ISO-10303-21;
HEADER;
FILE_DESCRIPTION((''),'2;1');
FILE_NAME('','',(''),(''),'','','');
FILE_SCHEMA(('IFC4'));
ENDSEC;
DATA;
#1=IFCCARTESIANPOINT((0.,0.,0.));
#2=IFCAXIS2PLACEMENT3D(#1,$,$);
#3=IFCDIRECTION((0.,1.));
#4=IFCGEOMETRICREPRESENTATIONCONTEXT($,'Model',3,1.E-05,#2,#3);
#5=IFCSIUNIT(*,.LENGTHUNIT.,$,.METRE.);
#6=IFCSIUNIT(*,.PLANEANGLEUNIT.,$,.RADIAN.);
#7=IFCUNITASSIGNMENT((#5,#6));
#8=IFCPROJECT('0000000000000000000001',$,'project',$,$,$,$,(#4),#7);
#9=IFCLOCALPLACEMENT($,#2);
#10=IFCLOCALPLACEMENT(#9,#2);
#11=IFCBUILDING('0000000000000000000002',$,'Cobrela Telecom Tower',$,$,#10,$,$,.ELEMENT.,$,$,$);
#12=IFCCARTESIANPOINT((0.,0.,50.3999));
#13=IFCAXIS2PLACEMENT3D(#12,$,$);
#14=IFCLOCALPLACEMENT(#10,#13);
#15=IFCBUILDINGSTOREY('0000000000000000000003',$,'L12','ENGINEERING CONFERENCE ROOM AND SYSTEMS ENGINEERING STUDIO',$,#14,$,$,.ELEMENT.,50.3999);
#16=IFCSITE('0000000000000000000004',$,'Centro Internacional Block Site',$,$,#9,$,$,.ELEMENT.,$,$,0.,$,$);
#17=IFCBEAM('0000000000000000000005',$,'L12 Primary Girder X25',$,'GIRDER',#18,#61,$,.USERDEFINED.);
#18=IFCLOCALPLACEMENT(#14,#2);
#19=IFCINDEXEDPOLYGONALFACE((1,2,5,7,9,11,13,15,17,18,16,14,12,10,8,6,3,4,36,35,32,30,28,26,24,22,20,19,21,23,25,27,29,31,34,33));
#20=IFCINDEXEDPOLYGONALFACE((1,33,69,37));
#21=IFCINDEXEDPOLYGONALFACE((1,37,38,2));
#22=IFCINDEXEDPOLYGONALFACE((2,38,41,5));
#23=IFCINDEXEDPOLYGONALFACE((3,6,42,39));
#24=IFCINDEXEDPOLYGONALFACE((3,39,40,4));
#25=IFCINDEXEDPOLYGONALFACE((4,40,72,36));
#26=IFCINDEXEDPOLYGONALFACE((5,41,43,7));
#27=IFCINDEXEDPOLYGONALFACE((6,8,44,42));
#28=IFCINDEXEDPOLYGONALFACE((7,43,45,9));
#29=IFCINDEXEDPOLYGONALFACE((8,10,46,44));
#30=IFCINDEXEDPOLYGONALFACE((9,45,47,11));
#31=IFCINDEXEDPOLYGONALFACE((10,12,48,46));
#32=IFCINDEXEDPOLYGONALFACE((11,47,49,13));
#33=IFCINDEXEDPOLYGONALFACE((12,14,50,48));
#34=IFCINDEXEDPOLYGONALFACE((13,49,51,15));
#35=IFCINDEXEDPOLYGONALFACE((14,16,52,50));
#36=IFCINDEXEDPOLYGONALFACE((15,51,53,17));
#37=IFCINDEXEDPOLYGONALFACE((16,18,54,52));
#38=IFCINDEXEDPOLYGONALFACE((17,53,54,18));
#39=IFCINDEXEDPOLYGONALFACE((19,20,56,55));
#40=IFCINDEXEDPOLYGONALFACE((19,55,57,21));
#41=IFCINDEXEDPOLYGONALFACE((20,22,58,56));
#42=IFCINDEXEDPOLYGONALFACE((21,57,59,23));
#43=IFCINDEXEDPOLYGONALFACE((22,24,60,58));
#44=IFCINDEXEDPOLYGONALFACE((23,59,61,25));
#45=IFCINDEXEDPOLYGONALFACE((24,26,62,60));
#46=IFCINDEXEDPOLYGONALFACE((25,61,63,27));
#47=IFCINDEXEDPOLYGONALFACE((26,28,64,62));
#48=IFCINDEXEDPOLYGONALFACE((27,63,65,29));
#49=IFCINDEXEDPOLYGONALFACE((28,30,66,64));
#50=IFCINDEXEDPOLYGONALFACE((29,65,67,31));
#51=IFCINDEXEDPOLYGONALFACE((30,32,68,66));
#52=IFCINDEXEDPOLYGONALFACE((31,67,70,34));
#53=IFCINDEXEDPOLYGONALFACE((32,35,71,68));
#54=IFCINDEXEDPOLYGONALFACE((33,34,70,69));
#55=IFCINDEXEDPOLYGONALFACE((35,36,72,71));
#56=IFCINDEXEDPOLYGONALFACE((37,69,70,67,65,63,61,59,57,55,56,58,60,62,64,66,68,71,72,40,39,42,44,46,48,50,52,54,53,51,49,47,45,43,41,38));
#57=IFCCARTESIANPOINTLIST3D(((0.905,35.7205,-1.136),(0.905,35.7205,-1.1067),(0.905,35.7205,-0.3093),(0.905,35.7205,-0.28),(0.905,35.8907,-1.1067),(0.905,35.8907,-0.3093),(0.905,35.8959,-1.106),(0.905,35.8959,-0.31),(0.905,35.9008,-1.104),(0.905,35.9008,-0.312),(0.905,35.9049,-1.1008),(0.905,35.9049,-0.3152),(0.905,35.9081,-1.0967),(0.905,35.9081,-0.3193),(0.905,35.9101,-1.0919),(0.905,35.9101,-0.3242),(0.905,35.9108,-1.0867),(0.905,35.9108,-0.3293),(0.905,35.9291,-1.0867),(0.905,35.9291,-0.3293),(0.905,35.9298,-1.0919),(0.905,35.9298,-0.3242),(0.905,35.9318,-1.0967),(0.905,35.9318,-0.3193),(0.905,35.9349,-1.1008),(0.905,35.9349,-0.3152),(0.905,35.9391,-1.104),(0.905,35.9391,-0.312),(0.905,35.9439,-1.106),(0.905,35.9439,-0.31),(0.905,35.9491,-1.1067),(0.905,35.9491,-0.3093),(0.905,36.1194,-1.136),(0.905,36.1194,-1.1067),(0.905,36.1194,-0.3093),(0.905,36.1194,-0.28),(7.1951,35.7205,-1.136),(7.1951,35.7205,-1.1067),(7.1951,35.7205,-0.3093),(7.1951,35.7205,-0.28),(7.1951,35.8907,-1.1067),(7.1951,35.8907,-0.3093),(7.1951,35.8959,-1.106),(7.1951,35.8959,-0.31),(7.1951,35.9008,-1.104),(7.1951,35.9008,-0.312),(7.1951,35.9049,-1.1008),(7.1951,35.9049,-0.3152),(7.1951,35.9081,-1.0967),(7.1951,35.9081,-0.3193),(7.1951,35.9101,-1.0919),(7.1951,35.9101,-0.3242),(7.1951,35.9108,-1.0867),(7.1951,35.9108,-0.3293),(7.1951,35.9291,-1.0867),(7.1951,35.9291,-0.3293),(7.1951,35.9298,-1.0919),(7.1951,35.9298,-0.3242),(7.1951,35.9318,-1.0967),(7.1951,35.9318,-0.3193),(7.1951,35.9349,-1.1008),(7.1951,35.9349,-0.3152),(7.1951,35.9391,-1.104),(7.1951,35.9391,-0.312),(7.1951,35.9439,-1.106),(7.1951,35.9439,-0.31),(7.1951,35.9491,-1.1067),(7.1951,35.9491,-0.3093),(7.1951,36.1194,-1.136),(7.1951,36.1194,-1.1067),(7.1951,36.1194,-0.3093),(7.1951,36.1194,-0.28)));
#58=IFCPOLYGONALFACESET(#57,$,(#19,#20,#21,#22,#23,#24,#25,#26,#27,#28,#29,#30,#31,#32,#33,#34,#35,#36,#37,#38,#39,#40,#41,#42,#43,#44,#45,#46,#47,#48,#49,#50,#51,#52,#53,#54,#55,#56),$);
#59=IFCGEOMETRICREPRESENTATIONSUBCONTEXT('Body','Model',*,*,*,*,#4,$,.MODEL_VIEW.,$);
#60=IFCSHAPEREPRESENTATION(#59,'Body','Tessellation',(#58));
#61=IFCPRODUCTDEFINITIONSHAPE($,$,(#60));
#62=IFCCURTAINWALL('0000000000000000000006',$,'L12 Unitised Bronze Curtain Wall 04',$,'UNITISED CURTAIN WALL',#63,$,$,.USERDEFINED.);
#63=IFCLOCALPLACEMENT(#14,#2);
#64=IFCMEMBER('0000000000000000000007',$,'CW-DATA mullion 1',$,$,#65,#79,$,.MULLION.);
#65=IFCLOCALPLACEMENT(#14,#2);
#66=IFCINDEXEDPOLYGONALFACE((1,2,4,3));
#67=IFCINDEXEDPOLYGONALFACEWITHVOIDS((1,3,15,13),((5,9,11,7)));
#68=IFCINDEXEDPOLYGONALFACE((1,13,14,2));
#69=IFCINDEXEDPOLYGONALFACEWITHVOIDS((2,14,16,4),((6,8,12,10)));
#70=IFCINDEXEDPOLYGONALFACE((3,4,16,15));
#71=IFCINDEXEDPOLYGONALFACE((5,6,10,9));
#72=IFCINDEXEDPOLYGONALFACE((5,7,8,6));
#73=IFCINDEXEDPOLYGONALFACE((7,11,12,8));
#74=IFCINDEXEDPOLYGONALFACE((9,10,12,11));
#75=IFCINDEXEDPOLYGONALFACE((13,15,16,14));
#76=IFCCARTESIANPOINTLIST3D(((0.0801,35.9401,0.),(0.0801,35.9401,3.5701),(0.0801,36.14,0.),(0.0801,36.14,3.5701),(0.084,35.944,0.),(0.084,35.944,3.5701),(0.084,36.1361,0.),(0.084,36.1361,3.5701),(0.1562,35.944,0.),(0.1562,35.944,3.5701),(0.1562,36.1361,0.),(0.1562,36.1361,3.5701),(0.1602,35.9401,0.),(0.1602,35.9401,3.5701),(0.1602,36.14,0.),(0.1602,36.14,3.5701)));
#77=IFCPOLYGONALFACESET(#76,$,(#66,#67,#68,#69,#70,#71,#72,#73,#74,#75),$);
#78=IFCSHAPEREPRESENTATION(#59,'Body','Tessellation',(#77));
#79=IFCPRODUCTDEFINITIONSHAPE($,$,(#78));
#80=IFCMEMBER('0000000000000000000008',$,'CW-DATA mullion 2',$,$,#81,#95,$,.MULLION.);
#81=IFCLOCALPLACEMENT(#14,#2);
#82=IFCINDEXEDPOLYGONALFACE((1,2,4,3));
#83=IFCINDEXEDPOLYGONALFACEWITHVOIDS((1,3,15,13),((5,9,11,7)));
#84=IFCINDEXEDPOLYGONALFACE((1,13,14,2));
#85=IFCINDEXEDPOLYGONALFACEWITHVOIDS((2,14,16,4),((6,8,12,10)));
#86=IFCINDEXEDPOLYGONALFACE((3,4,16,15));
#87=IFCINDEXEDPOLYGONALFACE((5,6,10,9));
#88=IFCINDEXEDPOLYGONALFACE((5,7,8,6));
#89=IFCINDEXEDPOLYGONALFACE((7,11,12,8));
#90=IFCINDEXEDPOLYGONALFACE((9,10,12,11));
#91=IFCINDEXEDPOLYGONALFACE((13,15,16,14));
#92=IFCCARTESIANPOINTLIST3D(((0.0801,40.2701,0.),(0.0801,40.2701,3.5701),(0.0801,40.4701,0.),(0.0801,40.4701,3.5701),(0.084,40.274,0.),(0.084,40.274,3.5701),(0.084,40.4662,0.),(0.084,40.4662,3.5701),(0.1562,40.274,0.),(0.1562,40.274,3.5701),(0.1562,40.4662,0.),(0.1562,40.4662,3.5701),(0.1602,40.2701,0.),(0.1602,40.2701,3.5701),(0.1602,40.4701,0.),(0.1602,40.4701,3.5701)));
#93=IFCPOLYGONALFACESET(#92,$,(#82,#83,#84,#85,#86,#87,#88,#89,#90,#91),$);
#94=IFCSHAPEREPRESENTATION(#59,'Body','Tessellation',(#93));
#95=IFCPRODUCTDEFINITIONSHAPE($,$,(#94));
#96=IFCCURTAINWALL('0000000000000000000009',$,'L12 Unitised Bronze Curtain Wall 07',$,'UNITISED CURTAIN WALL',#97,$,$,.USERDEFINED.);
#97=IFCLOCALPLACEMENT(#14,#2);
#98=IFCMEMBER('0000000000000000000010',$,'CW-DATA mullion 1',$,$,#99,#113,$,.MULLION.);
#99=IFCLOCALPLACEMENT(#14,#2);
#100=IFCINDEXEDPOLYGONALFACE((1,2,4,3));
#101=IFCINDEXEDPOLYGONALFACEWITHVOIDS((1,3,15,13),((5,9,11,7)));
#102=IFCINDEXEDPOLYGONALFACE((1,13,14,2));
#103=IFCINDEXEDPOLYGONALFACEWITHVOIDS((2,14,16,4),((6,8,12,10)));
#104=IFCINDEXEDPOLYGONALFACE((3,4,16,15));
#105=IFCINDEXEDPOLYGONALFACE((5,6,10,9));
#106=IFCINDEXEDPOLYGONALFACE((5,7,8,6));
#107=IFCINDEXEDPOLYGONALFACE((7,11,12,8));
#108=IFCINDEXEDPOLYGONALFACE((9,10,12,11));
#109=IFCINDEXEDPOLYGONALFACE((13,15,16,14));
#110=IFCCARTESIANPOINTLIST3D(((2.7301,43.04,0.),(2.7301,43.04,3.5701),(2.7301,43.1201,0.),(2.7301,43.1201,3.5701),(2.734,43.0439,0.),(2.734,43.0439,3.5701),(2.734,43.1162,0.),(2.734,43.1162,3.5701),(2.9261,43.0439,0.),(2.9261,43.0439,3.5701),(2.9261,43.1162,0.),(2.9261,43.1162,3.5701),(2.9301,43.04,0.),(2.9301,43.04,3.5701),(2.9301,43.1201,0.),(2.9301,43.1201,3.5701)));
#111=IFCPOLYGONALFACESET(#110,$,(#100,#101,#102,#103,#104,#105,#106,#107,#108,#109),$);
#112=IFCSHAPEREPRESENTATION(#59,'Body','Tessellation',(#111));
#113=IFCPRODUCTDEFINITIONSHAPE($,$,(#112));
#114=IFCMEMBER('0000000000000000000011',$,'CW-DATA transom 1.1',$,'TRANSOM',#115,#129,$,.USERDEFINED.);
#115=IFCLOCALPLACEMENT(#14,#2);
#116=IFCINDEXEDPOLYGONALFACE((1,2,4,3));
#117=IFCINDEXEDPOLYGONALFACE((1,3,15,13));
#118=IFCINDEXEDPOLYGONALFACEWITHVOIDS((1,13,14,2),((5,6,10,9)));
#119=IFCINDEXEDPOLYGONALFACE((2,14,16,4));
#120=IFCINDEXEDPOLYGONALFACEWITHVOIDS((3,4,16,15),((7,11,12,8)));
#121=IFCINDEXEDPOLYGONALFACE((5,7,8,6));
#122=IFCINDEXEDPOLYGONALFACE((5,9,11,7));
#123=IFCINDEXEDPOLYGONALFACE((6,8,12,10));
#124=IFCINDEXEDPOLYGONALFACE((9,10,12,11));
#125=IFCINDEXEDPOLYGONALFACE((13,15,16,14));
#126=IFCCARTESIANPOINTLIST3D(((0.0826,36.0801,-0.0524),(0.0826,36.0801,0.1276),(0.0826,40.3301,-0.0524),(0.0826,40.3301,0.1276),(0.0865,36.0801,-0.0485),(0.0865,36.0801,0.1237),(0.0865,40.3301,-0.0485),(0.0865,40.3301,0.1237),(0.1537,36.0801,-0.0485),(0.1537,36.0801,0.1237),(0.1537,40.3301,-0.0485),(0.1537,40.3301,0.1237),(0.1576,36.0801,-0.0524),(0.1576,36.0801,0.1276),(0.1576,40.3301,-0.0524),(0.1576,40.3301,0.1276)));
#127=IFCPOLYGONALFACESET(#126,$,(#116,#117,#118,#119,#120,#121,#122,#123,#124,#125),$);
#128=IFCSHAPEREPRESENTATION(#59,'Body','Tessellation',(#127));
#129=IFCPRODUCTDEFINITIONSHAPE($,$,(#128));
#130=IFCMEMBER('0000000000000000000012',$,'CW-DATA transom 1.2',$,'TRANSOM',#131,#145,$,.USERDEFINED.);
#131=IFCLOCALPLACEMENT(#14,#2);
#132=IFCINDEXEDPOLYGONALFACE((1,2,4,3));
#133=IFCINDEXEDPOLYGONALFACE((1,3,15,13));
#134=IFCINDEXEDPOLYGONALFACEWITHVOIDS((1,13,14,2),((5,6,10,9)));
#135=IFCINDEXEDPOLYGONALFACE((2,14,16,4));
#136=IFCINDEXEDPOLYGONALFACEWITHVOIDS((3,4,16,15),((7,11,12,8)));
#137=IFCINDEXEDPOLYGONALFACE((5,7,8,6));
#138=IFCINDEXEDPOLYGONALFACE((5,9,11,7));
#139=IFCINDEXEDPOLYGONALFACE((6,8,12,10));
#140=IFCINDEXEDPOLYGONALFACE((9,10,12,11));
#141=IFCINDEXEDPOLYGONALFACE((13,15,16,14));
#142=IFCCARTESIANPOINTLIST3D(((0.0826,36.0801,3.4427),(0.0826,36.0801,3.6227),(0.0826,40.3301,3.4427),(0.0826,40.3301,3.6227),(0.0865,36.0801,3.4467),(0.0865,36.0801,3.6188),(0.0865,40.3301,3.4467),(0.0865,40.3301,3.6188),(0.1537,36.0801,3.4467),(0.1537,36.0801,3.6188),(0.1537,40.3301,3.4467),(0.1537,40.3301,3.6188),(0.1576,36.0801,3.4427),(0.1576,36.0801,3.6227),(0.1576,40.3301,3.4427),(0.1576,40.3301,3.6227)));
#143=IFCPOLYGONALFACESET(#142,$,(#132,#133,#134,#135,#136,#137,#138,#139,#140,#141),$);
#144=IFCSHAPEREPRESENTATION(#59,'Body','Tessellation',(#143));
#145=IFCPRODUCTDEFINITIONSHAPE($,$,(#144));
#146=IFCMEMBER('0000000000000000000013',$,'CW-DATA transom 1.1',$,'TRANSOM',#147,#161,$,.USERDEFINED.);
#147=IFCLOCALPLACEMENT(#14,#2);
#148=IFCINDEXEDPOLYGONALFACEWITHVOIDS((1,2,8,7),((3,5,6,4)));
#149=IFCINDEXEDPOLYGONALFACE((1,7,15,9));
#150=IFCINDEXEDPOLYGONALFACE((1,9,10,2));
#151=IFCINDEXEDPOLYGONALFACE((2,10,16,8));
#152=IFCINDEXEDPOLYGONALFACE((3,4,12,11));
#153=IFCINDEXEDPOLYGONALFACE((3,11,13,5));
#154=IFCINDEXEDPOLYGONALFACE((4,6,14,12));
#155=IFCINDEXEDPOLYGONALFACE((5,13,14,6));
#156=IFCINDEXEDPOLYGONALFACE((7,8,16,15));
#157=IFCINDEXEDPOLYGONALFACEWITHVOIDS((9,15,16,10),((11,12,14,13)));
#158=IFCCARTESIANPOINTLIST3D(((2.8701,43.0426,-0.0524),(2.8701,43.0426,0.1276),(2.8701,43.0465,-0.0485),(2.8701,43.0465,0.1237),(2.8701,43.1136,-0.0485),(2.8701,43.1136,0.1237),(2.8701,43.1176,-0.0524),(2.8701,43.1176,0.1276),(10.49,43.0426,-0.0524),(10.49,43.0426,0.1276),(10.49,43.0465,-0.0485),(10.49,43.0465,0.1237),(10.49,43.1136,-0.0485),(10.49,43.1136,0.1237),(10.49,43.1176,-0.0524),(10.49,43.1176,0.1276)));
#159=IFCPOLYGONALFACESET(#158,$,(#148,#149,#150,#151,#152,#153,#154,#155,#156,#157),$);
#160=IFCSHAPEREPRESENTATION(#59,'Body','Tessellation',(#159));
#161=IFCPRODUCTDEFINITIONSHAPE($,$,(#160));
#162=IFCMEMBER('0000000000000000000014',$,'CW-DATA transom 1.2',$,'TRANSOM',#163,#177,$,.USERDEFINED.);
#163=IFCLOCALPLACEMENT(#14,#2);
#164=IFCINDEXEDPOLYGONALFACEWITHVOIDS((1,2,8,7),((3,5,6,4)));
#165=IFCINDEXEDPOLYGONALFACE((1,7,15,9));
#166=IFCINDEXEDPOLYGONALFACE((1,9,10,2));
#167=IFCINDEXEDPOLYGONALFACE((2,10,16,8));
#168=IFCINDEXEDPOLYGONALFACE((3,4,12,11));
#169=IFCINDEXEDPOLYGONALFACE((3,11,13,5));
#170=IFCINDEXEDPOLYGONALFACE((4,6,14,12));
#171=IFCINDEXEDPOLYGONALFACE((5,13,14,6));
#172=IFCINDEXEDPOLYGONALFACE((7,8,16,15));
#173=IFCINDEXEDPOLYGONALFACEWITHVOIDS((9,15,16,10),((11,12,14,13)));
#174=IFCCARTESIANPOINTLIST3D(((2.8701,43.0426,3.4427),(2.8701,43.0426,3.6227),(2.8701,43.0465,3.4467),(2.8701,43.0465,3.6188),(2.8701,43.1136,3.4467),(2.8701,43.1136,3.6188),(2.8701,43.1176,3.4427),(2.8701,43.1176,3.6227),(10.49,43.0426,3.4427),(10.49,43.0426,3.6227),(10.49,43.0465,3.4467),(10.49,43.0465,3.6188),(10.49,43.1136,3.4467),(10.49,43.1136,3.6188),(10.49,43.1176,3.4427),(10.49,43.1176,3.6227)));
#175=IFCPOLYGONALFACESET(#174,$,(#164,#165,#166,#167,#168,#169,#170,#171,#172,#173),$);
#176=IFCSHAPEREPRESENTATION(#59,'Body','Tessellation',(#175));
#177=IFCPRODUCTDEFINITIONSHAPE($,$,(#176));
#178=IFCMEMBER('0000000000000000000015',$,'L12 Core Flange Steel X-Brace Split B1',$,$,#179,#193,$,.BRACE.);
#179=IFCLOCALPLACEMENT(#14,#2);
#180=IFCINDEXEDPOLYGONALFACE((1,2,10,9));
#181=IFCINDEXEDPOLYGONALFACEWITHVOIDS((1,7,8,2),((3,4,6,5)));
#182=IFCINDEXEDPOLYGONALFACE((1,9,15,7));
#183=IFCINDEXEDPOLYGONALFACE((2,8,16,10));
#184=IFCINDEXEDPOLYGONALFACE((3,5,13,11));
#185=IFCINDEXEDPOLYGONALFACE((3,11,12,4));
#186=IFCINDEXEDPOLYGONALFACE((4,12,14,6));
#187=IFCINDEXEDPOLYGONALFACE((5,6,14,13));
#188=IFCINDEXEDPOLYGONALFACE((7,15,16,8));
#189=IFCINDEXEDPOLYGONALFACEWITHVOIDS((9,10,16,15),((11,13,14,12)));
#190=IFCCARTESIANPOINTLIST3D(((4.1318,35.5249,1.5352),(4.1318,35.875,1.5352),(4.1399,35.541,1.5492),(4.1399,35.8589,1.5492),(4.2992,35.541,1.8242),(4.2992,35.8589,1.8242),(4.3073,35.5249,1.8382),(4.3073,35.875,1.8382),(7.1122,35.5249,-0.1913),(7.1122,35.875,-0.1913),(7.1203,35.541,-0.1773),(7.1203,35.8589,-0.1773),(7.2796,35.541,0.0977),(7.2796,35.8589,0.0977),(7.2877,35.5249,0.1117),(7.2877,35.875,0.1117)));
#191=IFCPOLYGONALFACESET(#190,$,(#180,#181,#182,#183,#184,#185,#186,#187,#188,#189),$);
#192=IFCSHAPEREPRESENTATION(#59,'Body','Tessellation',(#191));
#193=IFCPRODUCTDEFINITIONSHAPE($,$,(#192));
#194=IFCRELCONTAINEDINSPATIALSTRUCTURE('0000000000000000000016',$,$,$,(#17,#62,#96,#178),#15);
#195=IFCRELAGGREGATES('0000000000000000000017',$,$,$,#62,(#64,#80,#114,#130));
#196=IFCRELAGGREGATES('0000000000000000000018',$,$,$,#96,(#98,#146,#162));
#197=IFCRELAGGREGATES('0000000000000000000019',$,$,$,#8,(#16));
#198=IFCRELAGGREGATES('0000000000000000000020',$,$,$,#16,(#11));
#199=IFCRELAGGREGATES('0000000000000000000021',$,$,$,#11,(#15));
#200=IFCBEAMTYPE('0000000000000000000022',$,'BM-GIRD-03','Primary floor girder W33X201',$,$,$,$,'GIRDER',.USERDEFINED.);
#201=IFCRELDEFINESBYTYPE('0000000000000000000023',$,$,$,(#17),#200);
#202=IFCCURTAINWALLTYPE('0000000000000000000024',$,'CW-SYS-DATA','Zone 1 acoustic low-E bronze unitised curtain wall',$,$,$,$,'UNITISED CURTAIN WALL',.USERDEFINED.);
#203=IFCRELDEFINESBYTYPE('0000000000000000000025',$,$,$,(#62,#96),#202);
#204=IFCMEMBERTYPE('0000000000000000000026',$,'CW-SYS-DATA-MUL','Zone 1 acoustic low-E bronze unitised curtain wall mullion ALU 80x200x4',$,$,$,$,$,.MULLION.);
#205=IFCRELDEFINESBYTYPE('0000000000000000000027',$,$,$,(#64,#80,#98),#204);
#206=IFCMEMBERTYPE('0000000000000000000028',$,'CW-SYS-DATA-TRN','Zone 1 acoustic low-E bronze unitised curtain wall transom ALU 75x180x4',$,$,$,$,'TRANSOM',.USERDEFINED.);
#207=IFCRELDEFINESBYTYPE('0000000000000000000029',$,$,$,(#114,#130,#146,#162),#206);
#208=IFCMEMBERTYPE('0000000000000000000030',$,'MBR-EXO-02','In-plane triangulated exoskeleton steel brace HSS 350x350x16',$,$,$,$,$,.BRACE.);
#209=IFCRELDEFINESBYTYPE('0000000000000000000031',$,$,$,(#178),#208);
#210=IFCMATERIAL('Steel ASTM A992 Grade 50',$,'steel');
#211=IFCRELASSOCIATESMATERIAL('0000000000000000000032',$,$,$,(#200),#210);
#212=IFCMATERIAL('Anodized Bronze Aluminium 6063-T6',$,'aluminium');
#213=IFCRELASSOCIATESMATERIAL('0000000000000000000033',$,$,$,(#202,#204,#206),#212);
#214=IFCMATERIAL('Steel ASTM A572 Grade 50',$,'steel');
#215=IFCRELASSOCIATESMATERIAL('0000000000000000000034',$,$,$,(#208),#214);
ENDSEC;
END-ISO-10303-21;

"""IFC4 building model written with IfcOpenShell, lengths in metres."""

from ifc_helpers import new_model, si_unit, direction, frame, origin, origin_2d, place, context, subcontext, project, spatial, hollow_rectangle, i_section, extrude, material, material_profile, profile_set, type_object, element, aggregate, save


model = new_model("IFC4")

# Units and contexts
model_context = context("Model", 3, precision=1e-05, world=origin(), true_north=direction((0.0, 1.0)))
body_context = subcontext(model_context, "Body", "Model", "MODEL_VIEW")
ifc_project = project(units=[si_unit("LENGTHUNIT", "METRE"), si_unit("PLANEANGLEUNIT", "RADIAN")], contexts=[model_context])

# Site, building, storey
site_placement = place(None, origin())
site = spatial("IfcSite", under=ifc_project, at=site_placement, Name="Centro Internacional Block Site", CompositionType="ELEMENT", RefElevation=0.0)
building_placement = place(site_placement, origin())
building = spatial("IfcBuilding", under=site, at=building_placement, Name="Cobrela Telecom Tower", CompositionType="ELEMENT")
storey_placement = place(building_placement, frame((0.0, 0.0, 50.3999)))
storey = spatial("IfcBuildingStorey", under=building, at=storey_placement, Name="L12", Description="ENGINEERING CONFERENCE ROOM AND SYSTEMS ENGINEERING STUDIO", CompositionType="ELEMENT", Elevation=50.3999)

# Beam
ifc_material_1 = material(Name="Steel ASTM A992 Grade 50", Category="steel")
ifc_material_profile_1 = material_profile(ifc_material_1, i_section(OverallWidth=0.3989, OverallDepth=0.856, WebThickness=0.0183, FlangeThickness=0.0293, FilletRadius=0.02, at=origin_2d()), Name="W33X201")
ifc_profile_set_1 = profile_set([ifc_material_profile_1], Name="Steel ASTM A992 Grade 50")
beam_type = type_object("IfcBeamType", Name="BM-GIRD-03", Description="Primary floor girder W33X201", ElementType="GIRDER", PredefinedType="USERDEFINED", material=ifc_profile_set_1)
beam_placement = place(storey_placement, frame((0.905, 35.9199, -0.708), z_axis=(1.0, 0.0, 0.0), x_axis=(0.0, 1.0, 0.0)))
element("IfcBeam", 1, at=beam_placement, inside=storey, type_object=beam_type, Name="L12 Primary Girder X25", ObjectType="GIRDER", PredefinedType="USERDEFINED", context=body_context, shape_type="SweptSolid", body=[
    extrude(i_section(OverallWidth=0.3989, OverallDepth=0.856, WebThickness=0.0183, FlangeThickness=0.0293, FilletRadius=0.02, at=origin_2d()), origin(), (0.0, 0.0, 1.0), 6.29),
])

# Curtain wall, members
ifc_material_2 = material(Name="Anodized Bronze Aluminium 6063-T6", Category="aluminium")
curtain_wall_type = type_object("IfcCurtainWallType", Name="CW-SYS-DATA", Description="Zone 1 acoustic low-E bronze unitised curtain wall", ElementType="UNITISED CURTAIN WALL", PredefinedType="USERDEFINED", material=ifc_material_2)
curtain_wall_1_placement = place(storey_placement, origin())
curtain_wall_1 = element("IfcCurtainWall", 2, at=curtain_wall_1_placement, inside=storey, type_object=curtain_wall_type, Name="L12 Unitised Bronze Curtain Wall 04", ObjectType="UNITISED CURTAIN WALL", PredefinedType="USERDEFINED")
ifc_material_profile_2 = material_profile(ifc_material_2, hollow_rectangle(XDim=0.0801, YDim=0.2, WallThickness=0.0039, at=origin_2d()), Name="ALU 80x200x4")
ifc_profile_set_2 = profile_set([ifc_material_profile_2], Name="Anodized Bronze Aluminium 6063-T6")
member_type_1 = type_object("IfcMemberType", Name="CW-SYS-DATA-MUL", Description="Zone 1 acoustic low-E bronze unitised curtain wall mullion ALU 80x200x4", PredefinedType="MULLION", material=ifc_profile_set_2)
member_1_placement = place(storey_placement, frame((0.1201, 36.04, 0.0), z_axis=(0.0, 0.0, 1.0), x_axis=(-1.0, 0.0, 0.0)))
member_1 = element("IfcMember", 3, at=member_1_placement, type_object=member_type_1, Name="CW-DATA mullion 1", PredefinedType="MULLION", context=body_context, shape_type="SweptSolid", body=[
    extrude(hollow_rectangle(XDim=0.0801, YDim=0.2, WallThickness=0.0039, at=origin_2d()), origin(), (0.0, 0.0, 1.0), 3.5701),
])
member_2_placement = place(storey_placement, frame((0.1201, 40.3701, 0.0), z_axis=(0.0, 0.0, 1.0), x_axis=(-1.0, 0.0, 0.0)))
member_2 = element("IfcMember", 4, at=member_2_placement, type_object=member_type_1, Name="CW-DATA mullion 2", PredefinedType="MULLION", context=body_context, shape_type="SweptSolid", body=[
    extrude(hollow_rectangle(XDim=0.0801, YDim=0.2, WallThickness=0.0039, at=origin_2d()), origin(), (0.0, 0.0, 1.0), 3.5701),
])

# Curtain wall, member
curtain_wall_2_placement = place(storey_placement, origin())
curtain_wall_2 = element("IfcCurtainWall", 5, at=curtain_wall_2_placement, inside=storey, type_object=curtain_wall_type, Name="L12 Unitised Bronze Curtain Wall 07", ObjectType="UNITISED CURTAIN WALL", PredefinedType="USERDEFINED")
member_3_placement = place(storey_placement, frame((2.8301, 43.0801, 0.0), z_axis=(0.0, 0.0, 1.0), x_axis=(0.0, 1.0, 0.0)))
member_3 = element("IfcMember", 6, at=member_3_placement, type_object=member_type_1, Name="CW-DATA mullion 1", PredefinedType="MULLION", context=body_context, shape_type="SweptSolid", body=[
    extrude(hollow_rectangle(XDim=0.0801, YDim=0.2, WallThickness=0.0039, at=origin_2d()), origin(), (0.0, 0.0, 1.0), 3.5701),
])

# Members
ifc_material_profile_3 = material_profile(ifc_material_2, hollow_rectangle(XDim=0.075, YDim=0.1799, WallThickness=0.0039, at=origin_2d()), Name="ALU 75x180x4")
ifc_profile_set_3 = profile_set([ifc_material_profile_3], Name="Anodized Bronze Aluminium 6063-T6")
member_type_2 = type_object("IfcMemberType", Name="CW-SYS-DATA-TRN", Description="Zone 1 acoustic low-E bronze unitised curtain wall transom ALU 75x180x4", ElementType="TRANSOM", PredefinedType="USERDEFINED", material=ifc_profile_set_3)
member_4_placement = place(storey_placement, frame((0.1201, 36.0801, 0.0376), z_axis=(0.0, 1.0, 0.0), x_axis=(-1.0, 0.0, 0.0)))
member_4 = element("IfcMember", 7, at=member_4_placement, type_object=member_type_2, Name="CW-DATA transom 1.1", ObjectType="TRANSOM", PredefinedType="USERDEFINED", context=body_context, shape_type="SweptSolid", body=[
    extrude(hollow_rectangle(XDim=0.075, YDim=0.1799, WallThickness=0.0039, at=origin_2d()), origin(), (0.0, 0.0, 1.0), 4.25),
])
member_5_placement = place(storey_placement, frame((0.1201, 36.0801, 3.5327), z_axis=(0.0, 1.0, 0.0), x_axis=(-1.0, 0.0, 0.0)))
member_5 = element("IfcMember", 8, at=member_5_placement, type_object=member_type_2, Name="CW-DATA transom 1.2", ObjectType="TRANSOM", PredefinedType="USERDEFINED", context=body_context, shape_type="SweptSolid", body=[
    extrude(hollow_rectangle(XDim=0.075, YDim=0.1799, WallThickness=0.0039, at=origin_2d()), origin(), (0.0, 0.0, 1.0), 4.25),
])
member_6_placement = place(storey_placement, frame((2.8701, 43.0801, 0.0376), z_axis=(1.0, 0.0, 0.0), x_axis=(0.0, 1.0, 0.0)))
member_6 = element("IfcMember", 9, at=member_6_placement, type_object=member_type_2, Name="CW-DATA transom 1.1", ObjectType="TRANSOM", PredefinedType="USERDEFINED", context=body_context, shape_type="SweptSolid", body=[
    extrude(hollow_rectangle(XDim=0.075, YDim=0.1799, WallThickness=0.0039, at=origin_2d()), origin(), (0.0, 0.0, 1.0), 7.6199),
])
member_7_placement = place(storey_placement, frame((2.8701, 43.0801, 3.5327), z_axis=(1.0, 0.0, 0.0), x_axis=(0.0, 1.0, 0.0)))
member_7 = element("IfcMember", 10, at=member_7_placement, type_object=member_type_2, Name="CW-DATA transom 1.2", ObjectType="TRANSOM", PredefinedType="USERDEFINED", context=body_context, shape_type="SweptSolid", body=[
    extrude(hollow_rectangle(XDim=0.075, YDim=0.1799, WallThickness=0.0039, at=origin_2d()), origin(), (0.0, 0.0, 1.0), 7.6199),
])

# Member
ifc_material_3 = material(Name="Steel ASTM A572 Grade 50", Category="steel")
ifc_material_profile_4 = material_profile(ifc_material_3, hollow_rectangle(XDim=0.3501, YDim=0.3501, WallThickness=0.0161, at=origin_2d()), Name="HSS 350x350x16")
ifc_profile_set_4 = profile_set([ifc_material_profile_4], Name="Steel ASTM A572 Grade 50")
member_type_3 = type_object("IfcMemberType", Name="MBR-EXO-02", Description="In-plane triangulated exoskeleton steel brace HSS 350x350x16", PredefinedType="BRACE", material=ifc_profile_set_4)
member_8_placement = place(storey_placement, frame((7.2, 35.7, -0.0398), z_axis=(-0.865297, 0.0, 0.50126), x_axis=(0.0, -1.0, 0.0)))
element("IfcMember", 11, at=member_8_placement, inside=storey, type_object=member_type_3, Name="L12 Core Flange Steel X-Brace Split B1", PredefinedType="BRACE", context=body_context, shape_type="SweptSolid", body=[
    extrude(hollow_rectangle(XDim=0.3501, YDim=0.3501, WallThickness=0.0161, at=origin_2d()), origin(), (0.0, 0.0, 1.0), 3.4443),
])

aggregate(curtain_wall_1, [member_1, member_2, member_4, member_5])
aggregate(curtain_wall_2, [member_3, member_6, member_7])

save(model, "model.ifc")
